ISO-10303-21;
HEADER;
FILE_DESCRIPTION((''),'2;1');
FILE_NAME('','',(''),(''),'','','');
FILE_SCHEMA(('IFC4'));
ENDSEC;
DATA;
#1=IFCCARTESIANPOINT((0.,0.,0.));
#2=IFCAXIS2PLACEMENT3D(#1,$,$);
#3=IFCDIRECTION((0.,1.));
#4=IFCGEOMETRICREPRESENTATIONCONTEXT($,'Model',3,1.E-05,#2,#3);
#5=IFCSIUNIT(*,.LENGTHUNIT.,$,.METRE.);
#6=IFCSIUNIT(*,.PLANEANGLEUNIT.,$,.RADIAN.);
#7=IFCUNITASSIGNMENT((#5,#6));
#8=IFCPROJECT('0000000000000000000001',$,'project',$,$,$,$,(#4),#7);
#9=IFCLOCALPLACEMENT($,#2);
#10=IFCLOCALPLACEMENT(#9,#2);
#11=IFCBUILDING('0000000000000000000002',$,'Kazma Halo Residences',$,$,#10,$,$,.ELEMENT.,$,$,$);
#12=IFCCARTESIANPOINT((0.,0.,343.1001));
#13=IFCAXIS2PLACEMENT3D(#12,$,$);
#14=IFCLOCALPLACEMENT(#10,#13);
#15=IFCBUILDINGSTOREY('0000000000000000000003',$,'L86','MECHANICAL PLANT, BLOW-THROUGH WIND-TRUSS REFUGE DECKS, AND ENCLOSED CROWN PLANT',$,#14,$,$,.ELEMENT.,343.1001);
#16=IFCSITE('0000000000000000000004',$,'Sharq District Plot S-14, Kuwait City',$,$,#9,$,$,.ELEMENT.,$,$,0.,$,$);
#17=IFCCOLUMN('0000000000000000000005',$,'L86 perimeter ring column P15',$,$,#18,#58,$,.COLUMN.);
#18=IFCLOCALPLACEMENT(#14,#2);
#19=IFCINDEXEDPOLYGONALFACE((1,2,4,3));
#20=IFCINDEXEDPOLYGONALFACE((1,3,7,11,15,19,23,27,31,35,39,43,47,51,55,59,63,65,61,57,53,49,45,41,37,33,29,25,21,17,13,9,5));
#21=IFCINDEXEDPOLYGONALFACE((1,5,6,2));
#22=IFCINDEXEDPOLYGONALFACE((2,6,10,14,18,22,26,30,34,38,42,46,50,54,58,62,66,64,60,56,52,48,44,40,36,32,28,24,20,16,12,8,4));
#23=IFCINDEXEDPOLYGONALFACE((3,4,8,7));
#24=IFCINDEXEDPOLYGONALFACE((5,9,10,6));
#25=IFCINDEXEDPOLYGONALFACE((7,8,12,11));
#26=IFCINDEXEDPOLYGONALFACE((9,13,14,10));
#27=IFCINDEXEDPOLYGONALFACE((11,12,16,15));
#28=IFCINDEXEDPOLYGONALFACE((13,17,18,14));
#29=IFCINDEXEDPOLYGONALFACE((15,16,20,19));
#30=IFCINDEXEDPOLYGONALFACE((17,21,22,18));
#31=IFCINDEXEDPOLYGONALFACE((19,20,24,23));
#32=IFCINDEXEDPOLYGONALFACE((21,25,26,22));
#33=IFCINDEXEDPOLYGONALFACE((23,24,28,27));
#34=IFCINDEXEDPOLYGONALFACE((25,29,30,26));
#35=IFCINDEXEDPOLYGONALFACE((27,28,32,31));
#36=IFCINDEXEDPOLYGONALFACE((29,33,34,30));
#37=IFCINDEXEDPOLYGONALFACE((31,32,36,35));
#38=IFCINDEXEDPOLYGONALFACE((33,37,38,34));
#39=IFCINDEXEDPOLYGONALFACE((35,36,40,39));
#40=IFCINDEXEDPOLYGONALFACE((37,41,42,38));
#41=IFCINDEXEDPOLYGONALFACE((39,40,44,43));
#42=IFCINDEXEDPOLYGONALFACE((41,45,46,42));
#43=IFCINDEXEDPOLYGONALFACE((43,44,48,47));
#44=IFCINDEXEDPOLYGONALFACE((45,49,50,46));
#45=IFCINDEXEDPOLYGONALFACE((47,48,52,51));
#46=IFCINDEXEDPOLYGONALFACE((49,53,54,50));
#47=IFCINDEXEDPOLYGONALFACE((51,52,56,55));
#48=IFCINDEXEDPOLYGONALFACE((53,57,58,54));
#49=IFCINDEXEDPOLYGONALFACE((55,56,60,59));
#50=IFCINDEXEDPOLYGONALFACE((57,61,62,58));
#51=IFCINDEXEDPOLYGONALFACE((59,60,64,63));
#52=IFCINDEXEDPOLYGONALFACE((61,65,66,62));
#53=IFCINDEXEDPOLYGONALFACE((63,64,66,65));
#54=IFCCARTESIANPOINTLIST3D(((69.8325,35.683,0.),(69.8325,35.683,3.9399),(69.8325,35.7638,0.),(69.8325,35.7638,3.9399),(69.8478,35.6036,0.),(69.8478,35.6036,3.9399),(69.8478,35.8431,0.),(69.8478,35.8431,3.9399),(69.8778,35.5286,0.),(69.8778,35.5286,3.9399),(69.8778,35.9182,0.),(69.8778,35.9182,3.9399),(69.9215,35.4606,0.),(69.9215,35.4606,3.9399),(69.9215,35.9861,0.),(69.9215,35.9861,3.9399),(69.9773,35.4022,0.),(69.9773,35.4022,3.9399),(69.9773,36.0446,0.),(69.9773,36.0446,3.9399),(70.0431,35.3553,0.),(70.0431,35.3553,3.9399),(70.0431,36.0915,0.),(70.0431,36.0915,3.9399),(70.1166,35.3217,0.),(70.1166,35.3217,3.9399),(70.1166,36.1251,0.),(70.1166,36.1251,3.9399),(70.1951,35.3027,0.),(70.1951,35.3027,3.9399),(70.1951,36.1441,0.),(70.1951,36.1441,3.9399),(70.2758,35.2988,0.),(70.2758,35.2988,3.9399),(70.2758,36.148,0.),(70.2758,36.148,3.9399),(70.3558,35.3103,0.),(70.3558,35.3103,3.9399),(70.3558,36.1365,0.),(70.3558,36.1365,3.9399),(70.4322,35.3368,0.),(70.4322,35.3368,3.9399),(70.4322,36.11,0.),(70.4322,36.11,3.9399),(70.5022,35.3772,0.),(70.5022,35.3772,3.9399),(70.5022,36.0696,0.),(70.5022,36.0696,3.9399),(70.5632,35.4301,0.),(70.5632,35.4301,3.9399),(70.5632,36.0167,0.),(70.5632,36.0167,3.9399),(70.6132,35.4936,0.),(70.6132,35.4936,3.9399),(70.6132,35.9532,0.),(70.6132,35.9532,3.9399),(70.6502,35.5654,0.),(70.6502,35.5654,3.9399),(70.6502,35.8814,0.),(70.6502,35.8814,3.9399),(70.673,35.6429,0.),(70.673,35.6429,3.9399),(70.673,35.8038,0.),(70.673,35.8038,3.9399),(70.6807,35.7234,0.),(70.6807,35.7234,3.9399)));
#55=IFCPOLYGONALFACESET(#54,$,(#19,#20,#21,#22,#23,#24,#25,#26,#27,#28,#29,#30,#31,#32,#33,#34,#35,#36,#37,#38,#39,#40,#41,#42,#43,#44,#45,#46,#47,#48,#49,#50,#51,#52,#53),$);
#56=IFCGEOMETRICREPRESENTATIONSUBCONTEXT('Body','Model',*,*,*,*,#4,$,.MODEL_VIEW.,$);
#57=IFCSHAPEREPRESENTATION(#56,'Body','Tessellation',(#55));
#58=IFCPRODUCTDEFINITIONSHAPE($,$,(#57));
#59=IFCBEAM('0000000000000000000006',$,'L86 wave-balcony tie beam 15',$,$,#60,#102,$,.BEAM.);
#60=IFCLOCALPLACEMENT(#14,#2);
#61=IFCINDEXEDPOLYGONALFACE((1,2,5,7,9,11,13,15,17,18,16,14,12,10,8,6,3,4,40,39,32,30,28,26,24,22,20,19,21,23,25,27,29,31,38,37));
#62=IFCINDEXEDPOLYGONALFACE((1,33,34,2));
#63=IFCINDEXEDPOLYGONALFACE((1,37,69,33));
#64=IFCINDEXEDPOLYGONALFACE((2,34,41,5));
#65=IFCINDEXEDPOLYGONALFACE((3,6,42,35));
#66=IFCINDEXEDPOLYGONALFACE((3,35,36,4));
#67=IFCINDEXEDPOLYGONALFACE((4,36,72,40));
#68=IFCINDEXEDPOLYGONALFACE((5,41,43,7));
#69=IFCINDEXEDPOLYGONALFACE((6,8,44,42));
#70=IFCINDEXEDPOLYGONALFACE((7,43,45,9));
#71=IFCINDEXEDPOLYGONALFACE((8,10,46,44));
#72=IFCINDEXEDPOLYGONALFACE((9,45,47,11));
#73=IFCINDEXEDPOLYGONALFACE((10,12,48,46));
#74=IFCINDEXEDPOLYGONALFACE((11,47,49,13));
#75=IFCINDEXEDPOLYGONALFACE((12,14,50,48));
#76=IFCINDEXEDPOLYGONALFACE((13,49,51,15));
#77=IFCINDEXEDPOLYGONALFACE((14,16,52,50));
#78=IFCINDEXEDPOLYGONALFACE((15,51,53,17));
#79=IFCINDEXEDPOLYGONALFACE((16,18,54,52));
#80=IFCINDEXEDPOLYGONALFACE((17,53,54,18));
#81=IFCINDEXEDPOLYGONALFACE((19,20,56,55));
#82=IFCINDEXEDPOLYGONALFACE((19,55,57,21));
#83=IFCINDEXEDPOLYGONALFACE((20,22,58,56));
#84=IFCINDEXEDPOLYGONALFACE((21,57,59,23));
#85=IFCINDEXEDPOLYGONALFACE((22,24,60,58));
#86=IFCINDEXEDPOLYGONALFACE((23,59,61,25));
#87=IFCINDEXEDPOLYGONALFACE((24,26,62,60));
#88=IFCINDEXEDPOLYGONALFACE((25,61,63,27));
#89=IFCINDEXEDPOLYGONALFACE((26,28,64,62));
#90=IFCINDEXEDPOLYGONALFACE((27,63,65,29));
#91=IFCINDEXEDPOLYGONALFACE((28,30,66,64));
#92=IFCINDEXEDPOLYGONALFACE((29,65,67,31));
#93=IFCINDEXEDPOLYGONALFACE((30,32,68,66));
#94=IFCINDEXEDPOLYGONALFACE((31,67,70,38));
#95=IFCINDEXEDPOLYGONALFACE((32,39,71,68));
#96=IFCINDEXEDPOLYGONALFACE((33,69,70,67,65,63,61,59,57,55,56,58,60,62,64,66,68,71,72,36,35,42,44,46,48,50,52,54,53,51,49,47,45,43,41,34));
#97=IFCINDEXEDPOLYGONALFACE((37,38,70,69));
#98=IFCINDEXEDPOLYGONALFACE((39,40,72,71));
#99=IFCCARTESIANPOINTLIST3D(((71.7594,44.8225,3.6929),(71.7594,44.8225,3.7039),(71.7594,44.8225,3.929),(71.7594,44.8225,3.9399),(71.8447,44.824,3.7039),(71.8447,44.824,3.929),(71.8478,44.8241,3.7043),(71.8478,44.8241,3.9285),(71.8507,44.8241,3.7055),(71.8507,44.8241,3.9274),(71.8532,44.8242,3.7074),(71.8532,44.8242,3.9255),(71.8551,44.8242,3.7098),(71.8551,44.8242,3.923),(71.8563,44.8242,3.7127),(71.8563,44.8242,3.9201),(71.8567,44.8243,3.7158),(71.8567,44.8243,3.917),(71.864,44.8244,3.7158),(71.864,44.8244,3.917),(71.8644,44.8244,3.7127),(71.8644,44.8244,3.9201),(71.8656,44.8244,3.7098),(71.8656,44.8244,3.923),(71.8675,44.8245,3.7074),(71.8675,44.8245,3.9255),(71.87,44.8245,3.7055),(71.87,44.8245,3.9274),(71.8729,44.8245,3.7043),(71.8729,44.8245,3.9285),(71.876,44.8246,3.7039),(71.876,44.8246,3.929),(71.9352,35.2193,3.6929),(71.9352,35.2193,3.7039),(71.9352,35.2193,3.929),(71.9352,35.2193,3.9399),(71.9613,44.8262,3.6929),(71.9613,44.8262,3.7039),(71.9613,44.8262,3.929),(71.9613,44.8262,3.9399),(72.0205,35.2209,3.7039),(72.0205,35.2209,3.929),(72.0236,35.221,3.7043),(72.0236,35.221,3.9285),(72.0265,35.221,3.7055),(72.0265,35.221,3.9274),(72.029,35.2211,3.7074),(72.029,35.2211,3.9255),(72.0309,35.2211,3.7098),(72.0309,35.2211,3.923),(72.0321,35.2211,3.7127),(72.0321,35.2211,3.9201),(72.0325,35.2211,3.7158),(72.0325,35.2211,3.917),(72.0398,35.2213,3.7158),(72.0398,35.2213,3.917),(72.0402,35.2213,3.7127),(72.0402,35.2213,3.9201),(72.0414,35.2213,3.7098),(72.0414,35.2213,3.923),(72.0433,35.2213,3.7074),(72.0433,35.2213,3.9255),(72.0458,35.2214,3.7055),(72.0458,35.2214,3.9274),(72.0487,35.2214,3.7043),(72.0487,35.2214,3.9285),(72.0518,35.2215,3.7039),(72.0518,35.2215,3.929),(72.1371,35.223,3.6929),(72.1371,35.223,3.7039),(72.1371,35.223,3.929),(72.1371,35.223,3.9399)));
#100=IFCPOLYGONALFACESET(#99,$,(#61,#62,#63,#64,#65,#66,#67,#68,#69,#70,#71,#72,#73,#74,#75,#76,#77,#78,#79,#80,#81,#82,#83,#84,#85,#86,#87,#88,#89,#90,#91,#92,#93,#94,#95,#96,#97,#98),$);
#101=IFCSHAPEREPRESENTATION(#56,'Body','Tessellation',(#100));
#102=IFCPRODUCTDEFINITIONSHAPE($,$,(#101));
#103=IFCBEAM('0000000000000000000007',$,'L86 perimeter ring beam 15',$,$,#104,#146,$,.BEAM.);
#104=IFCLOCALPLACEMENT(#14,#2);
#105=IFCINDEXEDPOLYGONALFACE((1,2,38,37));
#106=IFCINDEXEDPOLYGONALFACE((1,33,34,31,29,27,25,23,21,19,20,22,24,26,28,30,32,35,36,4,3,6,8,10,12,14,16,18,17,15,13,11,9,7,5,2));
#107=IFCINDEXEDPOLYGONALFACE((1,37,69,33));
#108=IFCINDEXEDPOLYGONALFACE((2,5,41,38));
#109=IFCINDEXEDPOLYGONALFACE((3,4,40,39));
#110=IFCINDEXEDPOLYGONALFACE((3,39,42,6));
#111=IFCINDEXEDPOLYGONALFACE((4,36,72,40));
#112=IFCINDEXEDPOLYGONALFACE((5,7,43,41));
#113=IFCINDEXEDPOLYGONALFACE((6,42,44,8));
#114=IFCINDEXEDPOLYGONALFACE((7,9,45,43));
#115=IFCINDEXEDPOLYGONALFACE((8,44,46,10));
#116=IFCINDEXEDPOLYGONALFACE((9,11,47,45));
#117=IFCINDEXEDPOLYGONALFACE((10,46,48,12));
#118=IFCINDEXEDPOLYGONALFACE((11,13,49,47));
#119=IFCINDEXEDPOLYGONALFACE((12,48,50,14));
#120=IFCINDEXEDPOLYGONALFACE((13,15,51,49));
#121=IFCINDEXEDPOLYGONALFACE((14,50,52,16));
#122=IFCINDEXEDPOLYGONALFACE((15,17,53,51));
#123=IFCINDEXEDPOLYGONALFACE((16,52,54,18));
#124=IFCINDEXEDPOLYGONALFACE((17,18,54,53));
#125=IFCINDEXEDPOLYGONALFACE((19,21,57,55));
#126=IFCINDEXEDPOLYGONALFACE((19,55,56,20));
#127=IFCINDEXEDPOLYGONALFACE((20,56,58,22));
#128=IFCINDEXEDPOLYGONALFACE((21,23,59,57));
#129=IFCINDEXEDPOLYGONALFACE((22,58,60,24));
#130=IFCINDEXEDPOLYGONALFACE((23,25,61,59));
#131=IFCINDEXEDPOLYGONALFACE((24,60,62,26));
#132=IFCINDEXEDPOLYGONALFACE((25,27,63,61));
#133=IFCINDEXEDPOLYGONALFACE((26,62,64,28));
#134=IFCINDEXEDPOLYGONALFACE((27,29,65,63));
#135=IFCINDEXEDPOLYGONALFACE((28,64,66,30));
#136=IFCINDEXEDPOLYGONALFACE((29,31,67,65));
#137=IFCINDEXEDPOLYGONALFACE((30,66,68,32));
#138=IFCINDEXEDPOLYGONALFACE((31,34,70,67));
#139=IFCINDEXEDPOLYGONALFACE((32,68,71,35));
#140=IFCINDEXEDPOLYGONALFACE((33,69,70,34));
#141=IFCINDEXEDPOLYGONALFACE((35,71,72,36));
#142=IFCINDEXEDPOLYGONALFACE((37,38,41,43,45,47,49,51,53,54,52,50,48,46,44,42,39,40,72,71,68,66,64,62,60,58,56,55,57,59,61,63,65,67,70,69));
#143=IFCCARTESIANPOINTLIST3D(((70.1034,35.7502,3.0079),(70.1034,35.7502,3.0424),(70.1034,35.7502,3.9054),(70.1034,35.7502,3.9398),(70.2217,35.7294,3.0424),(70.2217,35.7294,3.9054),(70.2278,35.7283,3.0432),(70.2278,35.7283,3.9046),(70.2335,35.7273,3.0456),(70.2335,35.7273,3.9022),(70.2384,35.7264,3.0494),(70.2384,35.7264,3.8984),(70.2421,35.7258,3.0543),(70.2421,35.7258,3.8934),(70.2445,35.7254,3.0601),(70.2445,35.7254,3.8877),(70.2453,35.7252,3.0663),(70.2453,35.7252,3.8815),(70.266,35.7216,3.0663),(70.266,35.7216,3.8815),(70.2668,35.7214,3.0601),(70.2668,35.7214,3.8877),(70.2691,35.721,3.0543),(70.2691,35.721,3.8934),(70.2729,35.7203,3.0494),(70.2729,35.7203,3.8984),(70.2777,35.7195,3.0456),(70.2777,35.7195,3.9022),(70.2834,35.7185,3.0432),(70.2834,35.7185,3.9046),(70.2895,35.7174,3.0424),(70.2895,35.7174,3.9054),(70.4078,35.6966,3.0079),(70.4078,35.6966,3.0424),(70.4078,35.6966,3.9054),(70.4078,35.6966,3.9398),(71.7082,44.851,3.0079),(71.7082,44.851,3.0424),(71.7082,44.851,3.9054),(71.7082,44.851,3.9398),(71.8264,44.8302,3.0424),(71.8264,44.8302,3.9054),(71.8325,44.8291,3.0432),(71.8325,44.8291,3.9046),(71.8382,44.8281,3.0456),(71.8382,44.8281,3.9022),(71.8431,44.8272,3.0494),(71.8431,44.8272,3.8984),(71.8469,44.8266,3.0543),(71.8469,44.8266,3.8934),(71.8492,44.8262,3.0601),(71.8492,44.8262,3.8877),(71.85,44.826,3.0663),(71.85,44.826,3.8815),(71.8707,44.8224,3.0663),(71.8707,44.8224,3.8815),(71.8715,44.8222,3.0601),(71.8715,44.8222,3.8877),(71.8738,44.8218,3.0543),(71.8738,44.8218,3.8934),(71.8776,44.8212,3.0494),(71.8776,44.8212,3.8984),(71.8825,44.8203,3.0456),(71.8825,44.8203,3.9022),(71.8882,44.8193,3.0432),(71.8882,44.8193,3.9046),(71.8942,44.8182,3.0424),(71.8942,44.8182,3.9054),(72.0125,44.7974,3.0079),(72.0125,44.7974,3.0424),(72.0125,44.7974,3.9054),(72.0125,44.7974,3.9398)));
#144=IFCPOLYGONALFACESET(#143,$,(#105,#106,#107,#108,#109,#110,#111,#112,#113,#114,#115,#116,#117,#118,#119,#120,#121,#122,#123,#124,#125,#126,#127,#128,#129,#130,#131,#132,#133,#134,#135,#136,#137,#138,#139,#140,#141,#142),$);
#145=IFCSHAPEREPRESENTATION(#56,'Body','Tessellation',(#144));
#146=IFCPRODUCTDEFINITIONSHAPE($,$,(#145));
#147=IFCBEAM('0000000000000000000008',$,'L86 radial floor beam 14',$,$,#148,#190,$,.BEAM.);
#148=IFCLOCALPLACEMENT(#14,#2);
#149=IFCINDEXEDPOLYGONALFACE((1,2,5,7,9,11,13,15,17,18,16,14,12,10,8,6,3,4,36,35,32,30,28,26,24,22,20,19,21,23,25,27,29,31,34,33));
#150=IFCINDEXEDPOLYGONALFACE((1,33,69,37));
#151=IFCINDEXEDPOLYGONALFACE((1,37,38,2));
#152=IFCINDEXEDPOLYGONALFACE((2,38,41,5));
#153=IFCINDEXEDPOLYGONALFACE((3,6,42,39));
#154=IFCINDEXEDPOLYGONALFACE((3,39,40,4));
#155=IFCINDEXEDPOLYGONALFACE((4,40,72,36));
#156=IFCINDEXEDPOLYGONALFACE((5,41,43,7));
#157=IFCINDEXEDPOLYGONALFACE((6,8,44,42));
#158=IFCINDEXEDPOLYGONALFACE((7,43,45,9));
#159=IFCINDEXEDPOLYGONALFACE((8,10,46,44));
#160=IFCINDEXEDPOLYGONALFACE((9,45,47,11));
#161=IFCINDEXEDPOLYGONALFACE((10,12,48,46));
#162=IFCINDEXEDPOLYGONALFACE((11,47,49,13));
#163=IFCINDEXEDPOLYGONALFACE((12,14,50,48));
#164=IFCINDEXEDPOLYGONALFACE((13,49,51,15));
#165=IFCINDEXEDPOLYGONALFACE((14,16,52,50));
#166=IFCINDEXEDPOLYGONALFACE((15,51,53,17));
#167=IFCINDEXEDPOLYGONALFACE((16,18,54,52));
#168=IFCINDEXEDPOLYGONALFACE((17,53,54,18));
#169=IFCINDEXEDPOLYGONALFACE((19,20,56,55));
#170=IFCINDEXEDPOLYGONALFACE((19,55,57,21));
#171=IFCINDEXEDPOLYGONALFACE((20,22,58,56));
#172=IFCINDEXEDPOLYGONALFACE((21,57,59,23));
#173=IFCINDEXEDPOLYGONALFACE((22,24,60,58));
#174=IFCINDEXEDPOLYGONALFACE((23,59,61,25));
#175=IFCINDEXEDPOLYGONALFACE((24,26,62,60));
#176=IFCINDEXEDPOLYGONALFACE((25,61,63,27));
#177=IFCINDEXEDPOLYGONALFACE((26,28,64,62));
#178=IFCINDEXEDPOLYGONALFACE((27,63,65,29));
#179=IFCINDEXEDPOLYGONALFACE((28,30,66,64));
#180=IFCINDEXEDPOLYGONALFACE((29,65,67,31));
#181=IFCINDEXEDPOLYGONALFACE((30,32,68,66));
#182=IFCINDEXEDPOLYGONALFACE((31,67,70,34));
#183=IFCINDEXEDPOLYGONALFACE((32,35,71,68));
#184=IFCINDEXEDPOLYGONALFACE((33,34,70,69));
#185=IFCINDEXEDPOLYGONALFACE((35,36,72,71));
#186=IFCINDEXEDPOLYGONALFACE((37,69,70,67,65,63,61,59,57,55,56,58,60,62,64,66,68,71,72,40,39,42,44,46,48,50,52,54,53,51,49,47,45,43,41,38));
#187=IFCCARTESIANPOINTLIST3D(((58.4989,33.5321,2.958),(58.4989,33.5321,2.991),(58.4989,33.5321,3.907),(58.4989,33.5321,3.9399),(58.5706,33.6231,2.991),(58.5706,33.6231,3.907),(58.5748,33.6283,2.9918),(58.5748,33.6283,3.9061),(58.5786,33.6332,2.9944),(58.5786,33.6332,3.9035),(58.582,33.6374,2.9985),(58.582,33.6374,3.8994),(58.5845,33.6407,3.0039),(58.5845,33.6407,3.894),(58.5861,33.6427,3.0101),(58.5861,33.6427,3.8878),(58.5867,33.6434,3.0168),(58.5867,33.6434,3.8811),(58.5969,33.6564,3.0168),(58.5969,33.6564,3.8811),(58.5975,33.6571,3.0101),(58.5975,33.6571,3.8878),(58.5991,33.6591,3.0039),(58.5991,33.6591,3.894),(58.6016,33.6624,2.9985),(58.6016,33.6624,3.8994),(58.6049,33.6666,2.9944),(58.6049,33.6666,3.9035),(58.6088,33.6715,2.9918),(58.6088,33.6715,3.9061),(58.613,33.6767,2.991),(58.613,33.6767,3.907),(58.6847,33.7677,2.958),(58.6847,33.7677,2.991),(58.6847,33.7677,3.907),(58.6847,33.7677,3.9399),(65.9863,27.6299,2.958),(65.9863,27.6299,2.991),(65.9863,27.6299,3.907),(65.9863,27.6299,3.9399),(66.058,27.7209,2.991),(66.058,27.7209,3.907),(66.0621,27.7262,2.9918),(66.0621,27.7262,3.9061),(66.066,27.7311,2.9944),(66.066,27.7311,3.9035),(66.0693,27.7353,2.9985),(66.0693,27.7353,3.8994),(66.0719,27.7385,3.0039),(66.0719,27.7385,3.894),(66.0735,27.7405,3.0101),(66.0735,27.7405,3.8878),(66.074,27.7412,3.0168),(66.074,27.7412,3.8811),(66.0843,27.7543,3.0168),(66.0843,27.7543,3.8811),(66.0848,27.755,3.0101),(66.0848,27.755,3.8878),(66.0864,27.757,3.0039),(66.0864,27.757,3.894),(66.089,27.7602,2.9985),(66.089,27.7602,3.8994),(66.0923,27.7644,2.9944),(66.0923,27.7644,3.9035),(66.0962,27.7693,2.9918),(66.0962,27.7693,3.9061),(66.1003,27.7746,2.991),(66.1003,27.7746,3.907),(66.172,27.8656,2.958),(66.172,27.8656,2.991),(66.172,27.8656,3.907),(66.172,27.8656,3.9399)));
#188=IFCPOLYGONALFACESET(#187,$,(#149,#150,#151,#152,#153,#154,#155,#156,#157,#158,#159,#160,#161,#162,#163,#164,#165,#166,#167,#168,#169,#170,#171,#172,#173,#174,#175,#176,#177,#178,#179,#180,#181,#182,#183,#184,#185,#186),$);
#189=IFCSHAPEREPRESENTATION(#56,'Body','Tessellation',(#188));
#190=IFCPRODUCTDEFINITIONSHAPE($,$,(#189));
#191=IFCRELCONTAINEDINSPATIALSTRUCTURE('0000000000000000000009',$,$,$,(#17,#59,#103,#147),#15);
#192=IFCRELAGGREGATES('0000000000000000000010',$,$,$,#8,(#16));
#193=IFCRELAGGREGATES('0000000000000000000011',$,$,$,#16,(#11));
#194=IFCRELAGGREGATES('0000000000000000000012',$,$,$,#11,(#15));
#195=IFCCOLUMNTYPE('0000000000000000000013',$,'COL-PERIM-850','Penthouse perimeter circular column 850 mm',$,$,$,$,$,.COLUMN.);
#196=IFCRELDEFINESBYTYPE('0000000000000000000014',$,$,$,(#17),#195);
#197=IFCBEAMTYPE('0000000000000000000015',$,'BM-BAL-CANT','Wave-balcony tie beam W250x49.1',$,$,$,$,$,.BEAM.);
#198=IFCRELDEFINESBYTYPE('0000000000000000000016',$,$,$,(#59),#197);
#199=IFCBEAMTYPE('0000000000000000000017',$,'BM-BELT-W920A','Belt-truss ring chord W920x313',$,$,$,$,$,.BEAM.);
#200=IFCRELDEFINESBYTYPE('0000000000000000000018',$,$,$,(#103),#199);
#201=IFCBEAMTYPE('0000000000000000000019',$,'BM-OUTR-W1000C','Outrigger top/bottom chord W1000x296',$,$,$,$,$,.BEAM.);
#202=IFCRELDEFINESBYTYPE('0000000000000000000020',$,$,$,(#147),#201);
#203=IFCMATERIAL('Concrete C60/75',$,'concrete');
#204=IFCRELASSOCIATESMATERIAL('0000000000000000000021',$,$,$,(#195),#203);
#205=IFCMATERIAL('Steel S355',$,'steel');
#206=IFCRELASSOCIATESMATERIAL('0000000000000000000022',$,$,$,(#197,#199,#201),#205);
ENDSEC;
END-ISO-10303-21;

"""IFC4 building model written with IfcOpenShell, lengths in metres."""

from ifc_helpers import new_model, si_unit, direction, frame, origin, origin_2d, place, context, subcontext, project, spatial, circle, i_section, extrude, material, material_profile, profile_set, type_object, element, save


model = new_model("IFC4")

# Units and contexts
model_context = context("Model", 3, precision=1e-05, world=origin(), true_north=direction((0.0, 1.0)))
body_context = subcontext(model_context, "Body", "Model", "MODEL_VIEW")
ifc_project = project(units=[si_unit("LENGTHUNIT", "METRE"), si_unit("PLANEANGLEUNIT", "RADIAN")], contexts=[model_context])

# Site, building, storey
site_placement = place(None, origin())
site = spatial("IfcSite", under=ifc_project, at=site_placement, Name="Sharq District Plot S-14, Kuwait City", CompositionType="ELEMENT", RefElevation=0.0)
building_placement = place(site_placement, origin())
building = spatial("IfcBuilding", under=site, at=building_placement, Name="Kazma Halo Residences", CompositionType="ELEMENT")
storey_placement = place(building_placement, frame((0.0, 0.0, 343.1001)))
storey = spatial("IfcBuildingStorey", under=building, at=storey_placement, Name="L86", Description="MECHANICAL PLANT, BLOW-THROUGH WIND-TRUSS REFUGE DECKS, AND ENCLOSED CROWN PLANT", CompositionType="ELEMENT", Elevation=343.1001)

# Column
ifc_material_1 = material(Name="Concrete C60/75", Category="concrete")
ifc_material_profile_1 = material_profile(ifc_material_1, circle(Radius=0.425, at=origin_2d()), Name="CIRC850")
ifc_profile_set_1 = profile_set([ifc_material_profile_1], Name="Concrete C60/75")
column_type = type_object("IfcColumnType", Name="COL-PERIM-850", Description="Penthouse perimeter circular column 850 mm", PredefinedType="COLUMN", material=ifc_profile_set_1)
column_placement = place(storey_placement, frame((70.2556, 35.7234, 0.0), z_axis=(0.0, 0.0, 1.0), x_axis=(1.0, 0.0, 0.0)))
element("IfcColumn", 1, at=column_placement, inside=storey, type_object=column_type, Name="L86 perimeter ring column P15", PredefinedType="COLUMN", context=body_context, shape_type="SweptSolid", body=[
    extrude(circle(Radius=0.425, at=origin_2d()), origin(), (0.0, 0.0, 1.0), 3.9399),
])

# Beams
ifc_material_2 = material(Name="Steel S355", Category="steel")
ifc_material_profile_2 = material_profile(ifc_material_2, i_section(OverallWidth=0.2019, OverallDepth=0.2471, WebThickness=0.0073, FlangeThickness=0.011, FilletRadius=0.012, at=origin_2d()), Name="W250x49.1")
ifc_profile_set_2 = profile_set([ifc_material_profile_2], Name="Steel S355")
beam_type_1 = type_object("IfcBeamType", Name="BM-BAL-CANT", Description="Wave-balcony tie beam W250x49.1", PredefinedType="BEAM", material=ifc_profile_set_2)
beam_1_placement = place(storey_placement, frame((72.0361, 35.2212, 3.8164), z_axis=(-0.018302, 0.999833, 0.0), x_axis=(-0.999833, -0.018302, 0.0)))
element("IfcBeam", 2, at=beam_1_placement, inside=storey, type_object=beam_type_1, Name="L86 wave-balcony tie beam 15", PredefinedType="BEAM", context=body_context, shape_type="SweptSolid", body=[
    extrude(i_section(OverallWidth=0.2019, OverallDepth=0.2471, WebThickness=0.0073, FlangeThickness=0.011, FilletRadius=0.012, at=origin_2d()), origin(), (0.0, 0.0, 1.0), 9.6047),
])
ifc_material_profile_3 = material_profile(ifc_material_2, i_section(OverallWidth=0.3091, OverallDepth=0.9319, WebThickness=0.021, FlangeThickness=0.0344, FilletRadius=0.0239, at=origin_2d()), Name="W920x313")
ifc_profile_set_3 = profile_set([ifc_material_profile_3], Name="Steel S355")
beam_type_2 = type_object("IfcBeamType", Name="BM-BELT-W920A", Description="Belt-truss ring chord W920x313", PredefinedType="BEAM", material=ifc_profile_set_3)
beam_2_placement = place(storey_placement, frame((70.2556, 35.7234, 3.4739), z_axis=(0.17365, 0.984807, 0.0), x_axis=(-0.984807, 0.17365, 0.0)))
element("IfcBeam", 3, at=beam_2_placement, inside=storey, type_object=beam_type_2, Name="L86 perimeter ring beam 15", PredefinedType="BEAM", context=body_context, shape_type="SweptSolid", body=[
    extrude(i_section(OverallWidth=0.3091, OverallDepth=0.9319, WebThickness=0.021, FlangeThickness=0.0344, FilletRadius=0.0239, at=origin_2d()), origin(), (0.0, 0.0, 1.0), 9.2412),
])
ifc_material_profile_4 = material_profile(ifc_material_2, i_section(OverallWidth=0.3, OverallDepth=0.9819, WebThickness=0.0166, FlangeThickness=0.033, FilletRadius=0.0259, at=origin_2d()), Name="W1000x296")
ifc_profile_set_4 = profile_set([ifc_material_profile_4], Name="Steel S355")
beam_type_3 = type_object("IfcBeamType", Name="BM-OUTR-W1000C", Description="Outrigger top/bottom chord W1000x296", PredefinedType="BEAM", material=ifc_profile_set_4)
beam_3_placement = place(storey_placement, frame((58.5918, 33.6499, 3.449), z_axis=(0.785338, -0.619067, 0.0), x_axis=(0.619067, 0.785338, 0.0)))
element("IfcBeam", 4, at=beam_3_placement, inside=storey, type_object=beam_type_3, Name="L86 radial floor beam 14", PredefinedType="BEAM", context=body_context, shape_type="SweptSolid", body=[
    extrude(i_section(OverallWidth=0.3, OverallDepth=0.9819, WebThickness=0.0166, FlangeThickness=0.033, FilletRadius=0.0259, at=origin_2d()), origin(), (0.0, 0.0, 1.0), 9.5339),
])

save(model, "model.ifc")
